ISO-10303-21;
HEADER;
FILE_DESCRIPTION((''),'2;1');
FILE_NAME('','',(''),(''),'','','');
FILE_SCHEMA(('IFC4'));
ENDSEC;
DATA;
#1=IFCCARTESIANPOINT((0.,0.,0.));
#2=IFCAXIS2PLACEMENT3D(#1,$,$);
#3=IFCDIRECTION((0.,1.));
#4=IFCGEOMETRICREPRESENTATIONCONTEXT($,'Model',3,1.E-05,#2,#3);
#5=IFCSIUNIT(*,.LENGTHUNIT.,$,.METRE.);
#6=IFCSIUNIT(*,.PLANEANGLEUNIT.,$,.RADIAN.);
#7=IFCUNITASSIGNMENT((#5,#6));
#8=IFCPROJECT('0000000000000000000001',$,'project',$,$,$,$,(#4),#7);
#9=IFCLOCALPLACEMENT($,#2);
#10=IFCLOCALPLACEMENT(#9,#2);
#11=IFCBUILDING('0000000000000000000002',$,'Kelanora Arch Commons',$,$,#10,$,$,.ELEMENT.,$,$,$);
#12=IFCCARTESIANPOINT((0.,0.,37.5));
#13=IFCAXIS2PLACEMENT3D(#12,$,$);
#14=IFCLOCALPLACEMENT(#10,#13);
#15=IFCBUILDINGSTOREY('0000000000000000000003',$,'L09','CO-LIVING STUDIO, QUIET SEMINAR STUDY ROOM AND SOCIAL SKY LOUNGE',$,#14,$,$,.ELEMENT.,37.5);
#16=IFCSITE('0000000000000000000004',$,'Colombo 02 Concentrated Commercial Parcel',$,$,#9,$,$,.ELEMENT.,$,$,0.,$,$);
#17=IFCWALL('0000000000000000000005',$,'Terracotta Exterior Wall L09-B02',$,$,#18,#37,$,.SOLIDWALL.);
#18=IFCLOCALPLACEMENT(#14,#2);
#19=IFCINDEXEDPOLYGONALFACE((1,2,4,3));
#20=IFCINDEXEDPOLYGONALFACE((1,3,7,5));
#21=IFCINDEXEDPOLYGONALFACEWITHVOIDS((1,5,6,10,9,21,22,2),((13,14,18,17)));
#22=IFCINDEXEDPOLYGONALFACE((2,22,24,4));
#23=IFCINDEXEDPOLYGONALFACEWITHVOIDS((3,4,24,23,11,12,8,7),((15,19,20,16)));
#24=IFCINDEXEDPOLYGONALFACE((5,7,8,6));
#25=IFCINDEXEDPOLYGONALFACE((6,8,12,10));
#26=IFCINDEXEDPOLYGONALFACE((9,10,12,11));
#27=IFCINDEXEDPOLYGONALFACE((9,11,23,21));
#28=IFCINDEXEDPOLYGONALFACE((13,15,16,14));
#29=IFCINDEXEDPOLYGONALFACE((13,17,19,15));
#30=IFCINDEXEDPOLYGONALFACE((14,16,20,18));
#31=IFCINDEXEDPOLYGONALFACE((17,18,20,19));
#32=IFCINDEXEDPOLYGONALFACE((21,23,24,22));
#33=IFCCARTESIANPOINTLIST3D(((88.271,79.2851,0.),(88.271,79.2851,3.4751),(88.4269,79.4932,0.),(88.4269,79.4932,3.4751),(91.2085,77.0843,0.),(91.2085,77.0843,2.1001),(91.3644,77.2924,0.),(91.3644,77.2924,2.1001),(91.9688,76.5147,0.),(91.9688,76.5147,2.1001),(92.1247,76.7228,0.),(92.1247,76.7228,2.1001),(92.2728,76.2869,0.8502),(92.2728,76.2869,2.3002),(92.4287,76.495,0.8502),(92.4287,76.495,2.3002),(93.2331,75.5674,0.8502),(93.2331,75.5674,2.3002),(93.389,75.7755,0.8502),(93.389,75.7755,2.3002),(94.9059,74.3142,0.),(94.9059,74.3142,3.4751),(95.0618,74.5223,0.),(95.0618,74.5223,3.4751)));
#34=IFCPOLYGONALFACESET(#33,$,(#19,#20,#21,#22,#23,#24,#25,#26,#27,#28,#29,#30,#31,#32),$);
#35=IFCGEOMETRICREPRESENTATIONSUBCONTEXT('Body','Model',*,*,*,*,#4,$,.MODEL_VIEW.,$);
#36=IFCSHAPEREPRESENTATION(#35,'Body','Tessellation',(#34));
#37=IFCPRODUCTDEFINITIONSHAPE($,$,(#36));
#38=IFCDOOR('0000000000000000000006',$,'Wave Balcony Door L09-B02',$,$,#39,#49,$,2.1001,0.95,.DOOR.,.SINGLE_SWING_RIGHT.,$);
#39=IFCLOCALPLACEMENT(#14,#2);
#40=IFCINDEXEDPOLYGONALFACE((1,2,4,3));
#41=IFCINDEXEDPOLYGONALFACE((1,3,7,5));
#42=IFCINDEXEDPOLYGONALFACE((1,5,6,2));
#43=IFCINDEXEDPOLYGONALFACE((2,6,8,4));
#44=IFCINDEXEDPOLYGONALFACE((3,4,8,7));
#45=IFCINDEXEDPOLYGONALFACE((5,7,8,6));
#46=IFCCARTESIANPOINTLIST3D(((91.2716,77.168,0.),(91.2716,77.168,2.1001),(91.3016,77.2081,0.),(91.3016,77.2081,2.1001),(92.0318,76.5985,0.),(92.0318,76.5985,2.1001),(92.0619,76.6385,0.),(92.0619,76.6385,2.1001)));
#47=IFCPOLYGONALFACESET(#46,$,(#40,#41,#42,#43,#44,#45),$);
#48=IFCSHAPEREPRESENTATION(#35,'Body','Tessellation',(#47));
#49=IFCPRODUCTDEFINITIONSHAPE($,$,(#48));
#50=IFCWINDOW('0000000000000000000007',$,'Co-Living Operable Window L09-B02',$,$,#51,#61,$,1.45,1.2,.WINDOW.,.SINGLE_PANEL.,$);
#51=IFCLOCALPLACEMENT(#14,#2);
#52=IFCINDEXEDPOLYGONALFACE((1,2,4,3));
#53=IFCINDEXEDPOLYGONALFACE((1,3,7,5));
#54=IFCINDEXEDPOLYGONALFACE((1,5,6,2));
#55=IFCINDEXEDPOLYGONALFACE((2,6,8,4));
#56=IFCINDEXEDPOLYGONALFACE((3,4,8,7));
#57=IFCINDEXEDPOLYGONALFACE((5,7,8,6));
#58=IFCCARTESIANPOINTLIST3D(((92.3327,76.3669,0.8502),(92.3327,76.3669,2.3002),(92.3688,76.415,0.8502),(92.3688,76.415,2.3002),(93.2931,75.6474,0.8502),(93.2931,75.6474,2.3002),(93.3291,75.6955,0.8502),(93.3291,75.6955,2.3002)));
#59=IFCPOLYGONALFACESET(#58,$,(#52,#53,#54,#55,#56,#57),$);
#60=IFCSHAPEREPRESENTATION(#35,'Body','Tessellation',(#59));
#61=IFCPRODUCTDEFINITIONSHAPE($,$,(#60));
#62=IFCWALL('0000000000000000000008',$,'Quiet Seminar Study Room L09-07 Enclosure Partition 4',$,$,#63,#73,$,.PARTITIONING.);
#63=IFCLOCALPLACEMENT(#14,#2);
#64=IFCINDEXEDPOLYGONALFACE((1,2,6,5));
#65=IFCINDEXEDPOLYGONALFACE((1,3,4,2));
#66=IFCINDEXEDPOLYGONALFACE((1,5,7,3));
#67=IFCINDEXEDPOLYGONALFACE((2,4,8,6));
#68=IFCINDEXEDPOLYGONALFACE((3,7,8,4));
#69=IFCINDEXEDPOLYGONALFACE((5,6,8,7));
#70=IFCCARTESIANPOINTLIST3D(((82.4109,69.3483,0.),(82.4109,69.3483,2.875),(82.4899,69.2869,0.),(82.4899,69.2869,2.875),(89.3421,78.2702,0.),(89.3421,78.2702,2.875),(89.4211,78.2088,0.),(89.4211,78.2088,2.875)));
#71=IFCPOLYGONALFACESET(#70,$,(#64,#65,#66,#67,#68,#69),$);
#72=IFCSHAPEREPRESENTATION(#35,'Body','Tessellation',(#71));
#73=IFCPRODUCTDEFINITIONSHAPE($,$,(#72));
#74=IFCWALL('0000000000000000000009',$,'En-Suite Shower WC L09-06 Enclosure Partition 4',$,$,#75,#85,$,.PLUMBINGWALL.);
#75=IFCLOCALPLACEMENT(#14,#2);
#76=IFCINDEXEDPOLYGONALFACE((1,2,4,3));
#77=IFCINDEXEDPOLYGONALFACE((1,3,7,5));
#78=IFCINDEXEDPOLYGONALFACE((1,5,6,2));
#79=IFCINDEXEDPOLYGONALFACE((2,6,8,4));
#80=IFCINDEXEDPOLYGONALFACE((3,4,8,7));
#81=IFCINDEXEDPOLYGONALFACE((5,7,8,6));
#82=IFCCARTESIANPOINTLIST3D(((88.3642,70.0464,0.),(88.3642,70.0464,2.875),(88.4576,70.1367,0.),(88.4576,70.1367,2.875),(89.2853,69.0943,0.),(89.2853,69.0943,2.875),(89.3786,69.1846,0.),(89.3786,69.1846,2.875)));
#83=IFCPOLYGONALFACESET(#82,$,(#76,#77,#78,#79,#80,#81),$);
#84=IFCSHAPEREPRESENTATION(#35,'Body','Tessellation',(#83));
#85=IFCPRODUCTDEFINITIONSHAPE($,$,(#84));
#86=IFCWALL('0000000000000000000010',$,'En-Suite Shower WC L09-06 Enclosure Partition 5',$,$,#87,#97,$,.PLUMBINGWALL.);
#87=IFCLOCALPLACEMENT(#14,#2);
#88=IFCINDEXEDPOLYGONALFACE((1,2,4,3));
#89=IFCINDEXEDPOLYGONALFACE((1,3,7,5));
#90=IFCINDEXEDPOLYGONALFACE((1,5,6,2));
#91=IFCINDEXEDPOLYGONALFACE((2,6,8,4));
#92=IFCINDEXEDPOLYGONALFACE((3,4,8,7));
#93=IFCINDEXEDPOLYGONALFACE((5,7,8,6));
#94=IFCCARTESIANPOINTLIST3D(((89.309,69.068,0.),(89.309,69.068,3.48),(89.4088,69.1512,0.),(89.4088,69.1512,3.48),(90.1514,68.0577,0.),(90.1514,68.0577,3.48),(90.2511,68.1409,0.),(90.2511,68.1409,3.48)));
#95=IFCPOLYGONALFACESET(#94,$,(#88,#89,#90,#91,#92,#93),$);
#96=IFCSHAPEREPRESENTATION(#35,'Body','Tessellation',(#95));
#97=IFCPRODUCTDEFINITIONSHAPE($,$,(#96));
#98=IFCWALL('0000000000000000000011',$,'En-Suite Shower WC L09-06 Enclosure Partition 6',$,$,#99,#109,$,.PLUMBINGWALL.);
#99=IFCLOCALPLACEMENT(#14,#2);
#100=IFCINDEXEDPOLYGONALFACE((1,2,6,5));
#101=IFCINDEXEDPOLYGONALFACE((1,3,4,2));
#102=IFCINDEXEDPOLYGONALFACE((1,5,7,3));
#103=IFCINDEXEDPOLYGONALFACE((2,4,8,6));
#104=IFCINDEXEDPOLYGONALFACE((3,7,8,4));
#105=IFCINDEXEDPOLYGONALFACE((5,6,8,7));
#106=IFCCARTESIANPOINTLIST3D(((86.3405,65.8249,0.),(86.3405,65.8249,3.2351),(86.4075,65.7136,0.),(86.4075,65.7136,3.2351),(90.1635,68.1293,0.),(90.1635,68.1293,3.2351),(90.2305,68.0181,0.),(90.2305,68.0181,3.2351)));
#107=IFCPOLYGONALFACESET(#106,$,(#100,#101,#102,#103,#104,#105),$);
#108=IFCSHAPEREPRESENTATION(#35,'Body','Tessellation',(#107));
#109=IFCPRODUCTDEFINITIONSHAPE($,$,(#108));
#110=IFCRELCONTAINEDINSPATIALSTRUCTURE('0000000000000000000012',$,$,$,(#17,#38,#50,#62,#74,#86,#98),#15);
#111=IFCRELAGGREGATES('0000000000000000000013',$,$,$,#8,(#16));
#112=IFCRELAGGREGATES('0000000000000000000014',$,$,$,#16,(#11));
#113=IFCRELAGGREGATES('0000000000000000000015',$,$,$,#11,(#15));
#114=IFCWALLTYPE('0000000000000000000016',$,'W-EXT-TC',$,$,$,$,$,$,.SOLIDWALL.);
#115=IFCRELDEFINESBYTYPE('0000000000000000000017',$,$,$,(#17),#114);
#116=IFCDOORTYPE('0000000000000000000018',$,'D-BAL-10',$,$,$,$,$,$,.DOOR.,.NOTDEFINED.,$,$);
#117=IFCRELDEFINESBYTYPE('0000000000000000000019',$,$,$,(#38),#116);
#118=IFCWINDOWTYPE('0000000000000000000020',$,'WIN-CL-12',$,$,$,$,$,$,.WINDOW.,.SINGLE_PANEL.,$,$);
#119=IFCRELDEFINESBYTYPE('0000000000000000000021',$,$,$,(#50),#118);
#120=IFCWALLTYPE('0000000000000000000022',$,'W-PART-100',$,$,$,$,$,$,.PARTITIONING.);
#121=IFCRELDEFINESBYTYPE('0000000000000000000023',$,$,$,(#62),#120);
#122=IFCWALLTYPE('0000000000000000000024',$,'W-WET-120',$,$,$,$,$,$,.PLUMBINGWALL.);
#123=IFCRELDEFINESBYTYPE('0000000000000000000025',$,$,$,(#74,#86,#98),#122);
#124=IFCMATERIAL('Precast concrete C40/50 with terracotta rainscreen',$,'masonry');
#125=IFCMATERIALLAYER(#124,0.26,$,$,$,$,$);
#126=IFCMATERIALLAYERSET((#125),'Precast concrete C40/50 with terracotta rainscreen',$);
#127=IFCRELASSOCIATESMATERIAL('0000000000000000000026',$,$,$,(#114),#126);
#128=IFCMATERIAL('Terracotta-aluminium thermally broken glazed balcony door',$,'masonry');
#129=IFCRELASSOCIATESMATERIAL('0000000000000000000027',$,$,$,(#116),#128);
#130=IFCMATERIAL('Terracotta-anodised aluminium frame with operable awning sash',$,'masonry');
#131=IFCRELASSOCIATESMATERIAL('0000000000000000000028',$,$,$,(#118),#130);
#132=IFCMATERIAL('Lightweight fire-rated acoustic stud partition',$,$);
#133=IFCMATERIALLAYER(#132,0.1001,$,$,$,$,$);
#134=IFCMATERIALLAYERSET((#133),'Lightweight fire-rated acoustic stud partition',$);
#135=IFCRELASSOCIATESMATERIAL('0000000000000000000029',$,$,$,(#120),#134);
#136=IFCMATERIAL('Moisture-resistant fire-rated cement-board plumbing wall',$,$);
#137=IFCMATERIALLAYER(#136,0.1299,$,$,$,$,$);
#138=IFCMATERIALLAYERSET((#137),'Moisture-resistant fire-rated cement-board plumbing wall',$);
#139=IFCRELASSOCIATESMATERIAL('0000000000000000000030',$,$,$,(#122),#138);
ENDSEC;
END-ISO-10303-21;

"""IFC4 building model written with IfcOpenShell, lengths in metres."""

from ifc_helpers import new_model, si_unit, direction, frame, frame_2d, origin, place, context, subcontext, project, spatial, rectangle, extrude, material, layer, layer_set, type_object, element, fill, save


model = new_model("IFC4")

# Units and contexts
model_context = context("Model", 3, precision=1e-05, world=origin(), true_north=direction((0.0, 1.0)))
body_context = subcontext(model_context, "Body", "Model", "MODEL_VIEW")
ifc_project = project(units=[si_unit("LENGTHUNIT", "METRE"), si_unit("PLANEANGLEUNIT", "RADIAN")], contexts=[model_context])

# Site, building, storey
site_placement = place(None, origin())
site = spatial("IfcSite", under=ifc_project, at=site_placement, Name="Colombo 02 Concentrated Commercial Parcel", CompositionType="ELEMENT", RefElevation=0.0)
building_placement = place(site_placement, origin())
building = spatial("IfcBuilding", under=site, at=building_placement, Name="Kelanora Arch Commons", CompositionType="ELEMENT")
storey_placement = place(building_placement, frame((0.0, 0.0, 37.5)))
storey = spatial("IfcBuildingStorey", under=building, at=storey_placement, Name="L09", Description="CO-LIVING STUDIO, QUIET SEMINAR STUDY ROOM AND SOCIAL SKY LOUNGE", CompositionType="ELEMENT", Elevation=37.5)

# Wall, openings, door, window
ifc_material_1 = material(Name="Precast concrete C40/50 with terracotta rainscreen", Category="masonry")
ifc_layer_1 = layer(ifc_material_1, 0.26)
ifc_layer_set_1 = layer_set([ifc_layer_1], Name="Precast concrete C40/50 with terracotta rainscreen")
wall_type_1 = type_object("IfcWallType", Name="W-EXT-TC", PredefinedType="SOLIDWALL", material=ifc_layer_set_1)
ifc_material_2 = material(Name="Terracotta-aluminium thermally broken glazed balcony door", Category="masonry")
door_type = type_object("IfcDoorType", Name="D-BAL-10", OperationType="NOTDEFINED", PredefinedType="DOOR", material=ifc_material_2)
ifc_material_3 = material(Name="Terracotta-anodised aluminium frame with operable awning sash", Category="masonry")
window_type = type_object("IfcWindowType", Name="WIN-CL-12", PartitioningType="SINGLE_PANEL", PredefinedType="WINDOW", material=ifc_material_3)
wall_1_placement = place(storey_placement, frame((94.9839, 74.4182, 0.0), z_axis=(0.0, 0.0, 1.0), x_axis=(-0.800307, 0.59959, 0.0)))
wall_1 = element("IfcWall", 1, at=wall_1_placement, inside=storey, type_object=wall_type_1, Name="Terracotta Exterior Wall L09-B02", PredefinedType="SOLIDWALL", context=body_context, shape_type="SweptSolid", body=[
    extrude(rectangle(XDim=8.2905, YDim=0.26, at=frame_2d((4.1453, 0.0))), origin(), (0.0, 0.0, 1.0), 3.4751),
])
opening_1_placement = place(wall_1_placement, frame((3.6699, 0.0, 0.0)))
opening_1 = element("IfcOpeningElement", 2, at=opening_1_placement, cuts=wall_1, PredefinedType="OPENING", context=body_context, shape_type="SweptSolid", body=[
    extrude(rectangle(XDim=0.95, YDim=2.1001, at=frame_2d((0.4751, 1.05))), frame((0.0, 0.1401, 0.0), z_axis=(0.0, -1.0, 0.0), x_axis=(1.0, 0.0, 0.0)), (0.0, 0.0, 1.0), 0.28),
])
opening_2_placement = place(wall_1_placement, frame((2.0901, 0.0, 0.8501)))
opening_2 = element("IfcOpeningElement", 3, at=opening_2_placement, cuts=wall_1, PredefinedType="OPENING", context=body_context, shape_type="SweptSolid", body=[
    extrude(rectangle(XDim=1.2, YDim=1.45, at=frame_2d((0.6001, 0.7251))), frame((0.0, 0.1401, 0.0), z_axis=(0.0, -1.0, 0.0), x_axis=(1.0, 0.0, 0.0)), (0.0, 0.0, 1.0), 0.28),
])
door_1_placement = place(opening_1_placement, frame((0.95, 0.0, 0.0), z_axis=(0.0, 0.0, 1.0), x_axis=(-1.0, 0.0, 0.0)))
door_1 = element("IfcDoor", 4, at=door_1_placement, inside=storey, type_object=door_type, Name="Wave Balcony Door L09-B02", OperationType="SINGLE_SWING_RIGHT", OverallHeight=2.1001, OverallWidth=0.95, PredefinedType="DOOR", context=body_context, shape_type="SweptSolid", body=[
    extrude(rectangle(XDim=0.95, YDim=2.1001, at=frame_2d((0.4751, 1.05))), frame((0.0, 0.0249, 0.0), z_axis=(0.0, -1.0, 0.0), x_axis=(1.0, 0.0, 0.0)), (0.0, 0.0, 1.0), 0.05),
])
fill(opening_1, door_1)
window_1_placement = place(opening_2_placement, origin())
window_1 = element("IfcWindow", 5, at=window_1_placement, inside=storey, type_object=window_type, Name="Co-Living Operable Window L09-B02", OverallHeight=1.45, OverallWidth=1.2, PartitioningType="SINGLE_PANEL", PredefinedType="WINDOW", context=body_context, shape_type="SweptSolid", body=[
    extrude(rectangle(XDim=1.2, YDim=1.45, at=frame_2d((0.6001, 0.7251))), frame((0.0, 0.03, 0.0), z_axis=(0.0, -1.0, 0.0), x_axis=(1.0, 0.0, 0.0)), (0.0, 0.0, 1.0), 0.0601),
])
fill(opening_2, window_1)

# Walls
ifc_material_4 = material(Name="Lightweight fire-rated acoustic stud partition")
ifc_layer_2 = layer(ifc_material_4, 0.1001)
ifc_layer_set_2 = layer_set([ifc_layer_2], Name="Lightweight fire-rated acoustic stud partition")
wall_type_2 = type_object("IfcWallType", Name="W-PART-100", PredefinedType="PARTITIONING", material=ifc_layer_set_2)
wall_2_placement = place(storey_placement, frame((89.3816, 78.2395, 0.0), z_axis=(0.0, 0.0, 1.0), x_axis=(-0.613495, -0.789699, 0.0)))
element("IfcWall", 6, at=wall_2_placement, inside=storey, type_object=wall_type_2, Name="Quiet Seminar Study Room L09-07 Enclosure Partition 4", PredefinedType="PARTITIONING", context=body_context, shape_type="SweptSolid", body=[
    extrude(rectangle(XDim=11.2979, YDim=0.1001, at=frame_2d((5.6489, 0.0))), origin(), (0.0, 0.0, 1.0), 2.875),
])
ifc_material_5 = material(Name="Moisture-resistant fire-rated cement-board plumbing wall")
ifc_layer_3 = layer(ifc_material_5, 0.1299)
ifc_layer_set_3 = layer_set([ifc_layer_3], Name="Moisture-resistant fire-rated cement-board plumbing wall")
wall_type_3 = type_object("IfcWallType", Name="W-WET-120", PredefinedType="PLUMBINGWALL", material=ifc_layer_set_3)
wall_3_placement = place(storey_placement, frame((88.4109, 70.0916, 0.0), z_axis=(0.0, 0.0, 1.0), x_axis=(0.695308, -0.718712, 0.0)))
element("IfcWall", 7, at=wall_3_placement, inside=storey, type_object=wall_type_3, Name="En-Suite Shower WC L09-06 Enclosure Partition 4", PredefinedType="PLUMBINGWALL", context=body_context, shape_type="SweptSolid", body=[
    extrude(rectangle(XDim=1.3247, YDim=0.1299, at=frame_2d((0.6624, 0.0))), origin(), (0.0, 0.0, 1.0), 2.875),
])
wall_4_placement = place(storey_placement, frame((89.3589, 69.1096, 0.0), z_axis=(0.0, 0.0, 1.0), x_axis=(0.640367, -0.768069, 0.0)))
element("IfcWall", 8, at=wall_4_placement, inside=storey, type_object=wall_type_3, Name="En-Suite Shower WC L09-06 Enclosure Partition 5", PredefinedType="PLUMBINGWALL", context=body_context, shape_type="SweptSolid", body=[
    extrude(rectangle(XDim=1.3154, YDim=0.1299, at=frame_2d((0.6577, 0.0))), origin(), (0.0, 0.0, 1.0), 3.48),
])
wall_5_placement = place(storey_placement, frame((90.197, 68.0737, 0.0), z_axis=(0.0, 0.0, 1.0), x_axis=(-0.856439, -0.516248, 0.0)))
element("IfcWall", 9, at=wall_5_placement, inside=storey, type_object=wall_type_3, Name="En-Suite Shower WC L09-06 Enclosure Partition 6", PredefinedType="PLUMBINGWALL", context=body_context, shape_type="SweptSolid", body=[
    extrude(rectangle(XDim=4.4639, YDim=0.1299, at=frame_2d((2.2319, 0.0))), origin(), (0.0, 0.0, 1.0), 3.2351),
])

save(model, "model.ifc")
